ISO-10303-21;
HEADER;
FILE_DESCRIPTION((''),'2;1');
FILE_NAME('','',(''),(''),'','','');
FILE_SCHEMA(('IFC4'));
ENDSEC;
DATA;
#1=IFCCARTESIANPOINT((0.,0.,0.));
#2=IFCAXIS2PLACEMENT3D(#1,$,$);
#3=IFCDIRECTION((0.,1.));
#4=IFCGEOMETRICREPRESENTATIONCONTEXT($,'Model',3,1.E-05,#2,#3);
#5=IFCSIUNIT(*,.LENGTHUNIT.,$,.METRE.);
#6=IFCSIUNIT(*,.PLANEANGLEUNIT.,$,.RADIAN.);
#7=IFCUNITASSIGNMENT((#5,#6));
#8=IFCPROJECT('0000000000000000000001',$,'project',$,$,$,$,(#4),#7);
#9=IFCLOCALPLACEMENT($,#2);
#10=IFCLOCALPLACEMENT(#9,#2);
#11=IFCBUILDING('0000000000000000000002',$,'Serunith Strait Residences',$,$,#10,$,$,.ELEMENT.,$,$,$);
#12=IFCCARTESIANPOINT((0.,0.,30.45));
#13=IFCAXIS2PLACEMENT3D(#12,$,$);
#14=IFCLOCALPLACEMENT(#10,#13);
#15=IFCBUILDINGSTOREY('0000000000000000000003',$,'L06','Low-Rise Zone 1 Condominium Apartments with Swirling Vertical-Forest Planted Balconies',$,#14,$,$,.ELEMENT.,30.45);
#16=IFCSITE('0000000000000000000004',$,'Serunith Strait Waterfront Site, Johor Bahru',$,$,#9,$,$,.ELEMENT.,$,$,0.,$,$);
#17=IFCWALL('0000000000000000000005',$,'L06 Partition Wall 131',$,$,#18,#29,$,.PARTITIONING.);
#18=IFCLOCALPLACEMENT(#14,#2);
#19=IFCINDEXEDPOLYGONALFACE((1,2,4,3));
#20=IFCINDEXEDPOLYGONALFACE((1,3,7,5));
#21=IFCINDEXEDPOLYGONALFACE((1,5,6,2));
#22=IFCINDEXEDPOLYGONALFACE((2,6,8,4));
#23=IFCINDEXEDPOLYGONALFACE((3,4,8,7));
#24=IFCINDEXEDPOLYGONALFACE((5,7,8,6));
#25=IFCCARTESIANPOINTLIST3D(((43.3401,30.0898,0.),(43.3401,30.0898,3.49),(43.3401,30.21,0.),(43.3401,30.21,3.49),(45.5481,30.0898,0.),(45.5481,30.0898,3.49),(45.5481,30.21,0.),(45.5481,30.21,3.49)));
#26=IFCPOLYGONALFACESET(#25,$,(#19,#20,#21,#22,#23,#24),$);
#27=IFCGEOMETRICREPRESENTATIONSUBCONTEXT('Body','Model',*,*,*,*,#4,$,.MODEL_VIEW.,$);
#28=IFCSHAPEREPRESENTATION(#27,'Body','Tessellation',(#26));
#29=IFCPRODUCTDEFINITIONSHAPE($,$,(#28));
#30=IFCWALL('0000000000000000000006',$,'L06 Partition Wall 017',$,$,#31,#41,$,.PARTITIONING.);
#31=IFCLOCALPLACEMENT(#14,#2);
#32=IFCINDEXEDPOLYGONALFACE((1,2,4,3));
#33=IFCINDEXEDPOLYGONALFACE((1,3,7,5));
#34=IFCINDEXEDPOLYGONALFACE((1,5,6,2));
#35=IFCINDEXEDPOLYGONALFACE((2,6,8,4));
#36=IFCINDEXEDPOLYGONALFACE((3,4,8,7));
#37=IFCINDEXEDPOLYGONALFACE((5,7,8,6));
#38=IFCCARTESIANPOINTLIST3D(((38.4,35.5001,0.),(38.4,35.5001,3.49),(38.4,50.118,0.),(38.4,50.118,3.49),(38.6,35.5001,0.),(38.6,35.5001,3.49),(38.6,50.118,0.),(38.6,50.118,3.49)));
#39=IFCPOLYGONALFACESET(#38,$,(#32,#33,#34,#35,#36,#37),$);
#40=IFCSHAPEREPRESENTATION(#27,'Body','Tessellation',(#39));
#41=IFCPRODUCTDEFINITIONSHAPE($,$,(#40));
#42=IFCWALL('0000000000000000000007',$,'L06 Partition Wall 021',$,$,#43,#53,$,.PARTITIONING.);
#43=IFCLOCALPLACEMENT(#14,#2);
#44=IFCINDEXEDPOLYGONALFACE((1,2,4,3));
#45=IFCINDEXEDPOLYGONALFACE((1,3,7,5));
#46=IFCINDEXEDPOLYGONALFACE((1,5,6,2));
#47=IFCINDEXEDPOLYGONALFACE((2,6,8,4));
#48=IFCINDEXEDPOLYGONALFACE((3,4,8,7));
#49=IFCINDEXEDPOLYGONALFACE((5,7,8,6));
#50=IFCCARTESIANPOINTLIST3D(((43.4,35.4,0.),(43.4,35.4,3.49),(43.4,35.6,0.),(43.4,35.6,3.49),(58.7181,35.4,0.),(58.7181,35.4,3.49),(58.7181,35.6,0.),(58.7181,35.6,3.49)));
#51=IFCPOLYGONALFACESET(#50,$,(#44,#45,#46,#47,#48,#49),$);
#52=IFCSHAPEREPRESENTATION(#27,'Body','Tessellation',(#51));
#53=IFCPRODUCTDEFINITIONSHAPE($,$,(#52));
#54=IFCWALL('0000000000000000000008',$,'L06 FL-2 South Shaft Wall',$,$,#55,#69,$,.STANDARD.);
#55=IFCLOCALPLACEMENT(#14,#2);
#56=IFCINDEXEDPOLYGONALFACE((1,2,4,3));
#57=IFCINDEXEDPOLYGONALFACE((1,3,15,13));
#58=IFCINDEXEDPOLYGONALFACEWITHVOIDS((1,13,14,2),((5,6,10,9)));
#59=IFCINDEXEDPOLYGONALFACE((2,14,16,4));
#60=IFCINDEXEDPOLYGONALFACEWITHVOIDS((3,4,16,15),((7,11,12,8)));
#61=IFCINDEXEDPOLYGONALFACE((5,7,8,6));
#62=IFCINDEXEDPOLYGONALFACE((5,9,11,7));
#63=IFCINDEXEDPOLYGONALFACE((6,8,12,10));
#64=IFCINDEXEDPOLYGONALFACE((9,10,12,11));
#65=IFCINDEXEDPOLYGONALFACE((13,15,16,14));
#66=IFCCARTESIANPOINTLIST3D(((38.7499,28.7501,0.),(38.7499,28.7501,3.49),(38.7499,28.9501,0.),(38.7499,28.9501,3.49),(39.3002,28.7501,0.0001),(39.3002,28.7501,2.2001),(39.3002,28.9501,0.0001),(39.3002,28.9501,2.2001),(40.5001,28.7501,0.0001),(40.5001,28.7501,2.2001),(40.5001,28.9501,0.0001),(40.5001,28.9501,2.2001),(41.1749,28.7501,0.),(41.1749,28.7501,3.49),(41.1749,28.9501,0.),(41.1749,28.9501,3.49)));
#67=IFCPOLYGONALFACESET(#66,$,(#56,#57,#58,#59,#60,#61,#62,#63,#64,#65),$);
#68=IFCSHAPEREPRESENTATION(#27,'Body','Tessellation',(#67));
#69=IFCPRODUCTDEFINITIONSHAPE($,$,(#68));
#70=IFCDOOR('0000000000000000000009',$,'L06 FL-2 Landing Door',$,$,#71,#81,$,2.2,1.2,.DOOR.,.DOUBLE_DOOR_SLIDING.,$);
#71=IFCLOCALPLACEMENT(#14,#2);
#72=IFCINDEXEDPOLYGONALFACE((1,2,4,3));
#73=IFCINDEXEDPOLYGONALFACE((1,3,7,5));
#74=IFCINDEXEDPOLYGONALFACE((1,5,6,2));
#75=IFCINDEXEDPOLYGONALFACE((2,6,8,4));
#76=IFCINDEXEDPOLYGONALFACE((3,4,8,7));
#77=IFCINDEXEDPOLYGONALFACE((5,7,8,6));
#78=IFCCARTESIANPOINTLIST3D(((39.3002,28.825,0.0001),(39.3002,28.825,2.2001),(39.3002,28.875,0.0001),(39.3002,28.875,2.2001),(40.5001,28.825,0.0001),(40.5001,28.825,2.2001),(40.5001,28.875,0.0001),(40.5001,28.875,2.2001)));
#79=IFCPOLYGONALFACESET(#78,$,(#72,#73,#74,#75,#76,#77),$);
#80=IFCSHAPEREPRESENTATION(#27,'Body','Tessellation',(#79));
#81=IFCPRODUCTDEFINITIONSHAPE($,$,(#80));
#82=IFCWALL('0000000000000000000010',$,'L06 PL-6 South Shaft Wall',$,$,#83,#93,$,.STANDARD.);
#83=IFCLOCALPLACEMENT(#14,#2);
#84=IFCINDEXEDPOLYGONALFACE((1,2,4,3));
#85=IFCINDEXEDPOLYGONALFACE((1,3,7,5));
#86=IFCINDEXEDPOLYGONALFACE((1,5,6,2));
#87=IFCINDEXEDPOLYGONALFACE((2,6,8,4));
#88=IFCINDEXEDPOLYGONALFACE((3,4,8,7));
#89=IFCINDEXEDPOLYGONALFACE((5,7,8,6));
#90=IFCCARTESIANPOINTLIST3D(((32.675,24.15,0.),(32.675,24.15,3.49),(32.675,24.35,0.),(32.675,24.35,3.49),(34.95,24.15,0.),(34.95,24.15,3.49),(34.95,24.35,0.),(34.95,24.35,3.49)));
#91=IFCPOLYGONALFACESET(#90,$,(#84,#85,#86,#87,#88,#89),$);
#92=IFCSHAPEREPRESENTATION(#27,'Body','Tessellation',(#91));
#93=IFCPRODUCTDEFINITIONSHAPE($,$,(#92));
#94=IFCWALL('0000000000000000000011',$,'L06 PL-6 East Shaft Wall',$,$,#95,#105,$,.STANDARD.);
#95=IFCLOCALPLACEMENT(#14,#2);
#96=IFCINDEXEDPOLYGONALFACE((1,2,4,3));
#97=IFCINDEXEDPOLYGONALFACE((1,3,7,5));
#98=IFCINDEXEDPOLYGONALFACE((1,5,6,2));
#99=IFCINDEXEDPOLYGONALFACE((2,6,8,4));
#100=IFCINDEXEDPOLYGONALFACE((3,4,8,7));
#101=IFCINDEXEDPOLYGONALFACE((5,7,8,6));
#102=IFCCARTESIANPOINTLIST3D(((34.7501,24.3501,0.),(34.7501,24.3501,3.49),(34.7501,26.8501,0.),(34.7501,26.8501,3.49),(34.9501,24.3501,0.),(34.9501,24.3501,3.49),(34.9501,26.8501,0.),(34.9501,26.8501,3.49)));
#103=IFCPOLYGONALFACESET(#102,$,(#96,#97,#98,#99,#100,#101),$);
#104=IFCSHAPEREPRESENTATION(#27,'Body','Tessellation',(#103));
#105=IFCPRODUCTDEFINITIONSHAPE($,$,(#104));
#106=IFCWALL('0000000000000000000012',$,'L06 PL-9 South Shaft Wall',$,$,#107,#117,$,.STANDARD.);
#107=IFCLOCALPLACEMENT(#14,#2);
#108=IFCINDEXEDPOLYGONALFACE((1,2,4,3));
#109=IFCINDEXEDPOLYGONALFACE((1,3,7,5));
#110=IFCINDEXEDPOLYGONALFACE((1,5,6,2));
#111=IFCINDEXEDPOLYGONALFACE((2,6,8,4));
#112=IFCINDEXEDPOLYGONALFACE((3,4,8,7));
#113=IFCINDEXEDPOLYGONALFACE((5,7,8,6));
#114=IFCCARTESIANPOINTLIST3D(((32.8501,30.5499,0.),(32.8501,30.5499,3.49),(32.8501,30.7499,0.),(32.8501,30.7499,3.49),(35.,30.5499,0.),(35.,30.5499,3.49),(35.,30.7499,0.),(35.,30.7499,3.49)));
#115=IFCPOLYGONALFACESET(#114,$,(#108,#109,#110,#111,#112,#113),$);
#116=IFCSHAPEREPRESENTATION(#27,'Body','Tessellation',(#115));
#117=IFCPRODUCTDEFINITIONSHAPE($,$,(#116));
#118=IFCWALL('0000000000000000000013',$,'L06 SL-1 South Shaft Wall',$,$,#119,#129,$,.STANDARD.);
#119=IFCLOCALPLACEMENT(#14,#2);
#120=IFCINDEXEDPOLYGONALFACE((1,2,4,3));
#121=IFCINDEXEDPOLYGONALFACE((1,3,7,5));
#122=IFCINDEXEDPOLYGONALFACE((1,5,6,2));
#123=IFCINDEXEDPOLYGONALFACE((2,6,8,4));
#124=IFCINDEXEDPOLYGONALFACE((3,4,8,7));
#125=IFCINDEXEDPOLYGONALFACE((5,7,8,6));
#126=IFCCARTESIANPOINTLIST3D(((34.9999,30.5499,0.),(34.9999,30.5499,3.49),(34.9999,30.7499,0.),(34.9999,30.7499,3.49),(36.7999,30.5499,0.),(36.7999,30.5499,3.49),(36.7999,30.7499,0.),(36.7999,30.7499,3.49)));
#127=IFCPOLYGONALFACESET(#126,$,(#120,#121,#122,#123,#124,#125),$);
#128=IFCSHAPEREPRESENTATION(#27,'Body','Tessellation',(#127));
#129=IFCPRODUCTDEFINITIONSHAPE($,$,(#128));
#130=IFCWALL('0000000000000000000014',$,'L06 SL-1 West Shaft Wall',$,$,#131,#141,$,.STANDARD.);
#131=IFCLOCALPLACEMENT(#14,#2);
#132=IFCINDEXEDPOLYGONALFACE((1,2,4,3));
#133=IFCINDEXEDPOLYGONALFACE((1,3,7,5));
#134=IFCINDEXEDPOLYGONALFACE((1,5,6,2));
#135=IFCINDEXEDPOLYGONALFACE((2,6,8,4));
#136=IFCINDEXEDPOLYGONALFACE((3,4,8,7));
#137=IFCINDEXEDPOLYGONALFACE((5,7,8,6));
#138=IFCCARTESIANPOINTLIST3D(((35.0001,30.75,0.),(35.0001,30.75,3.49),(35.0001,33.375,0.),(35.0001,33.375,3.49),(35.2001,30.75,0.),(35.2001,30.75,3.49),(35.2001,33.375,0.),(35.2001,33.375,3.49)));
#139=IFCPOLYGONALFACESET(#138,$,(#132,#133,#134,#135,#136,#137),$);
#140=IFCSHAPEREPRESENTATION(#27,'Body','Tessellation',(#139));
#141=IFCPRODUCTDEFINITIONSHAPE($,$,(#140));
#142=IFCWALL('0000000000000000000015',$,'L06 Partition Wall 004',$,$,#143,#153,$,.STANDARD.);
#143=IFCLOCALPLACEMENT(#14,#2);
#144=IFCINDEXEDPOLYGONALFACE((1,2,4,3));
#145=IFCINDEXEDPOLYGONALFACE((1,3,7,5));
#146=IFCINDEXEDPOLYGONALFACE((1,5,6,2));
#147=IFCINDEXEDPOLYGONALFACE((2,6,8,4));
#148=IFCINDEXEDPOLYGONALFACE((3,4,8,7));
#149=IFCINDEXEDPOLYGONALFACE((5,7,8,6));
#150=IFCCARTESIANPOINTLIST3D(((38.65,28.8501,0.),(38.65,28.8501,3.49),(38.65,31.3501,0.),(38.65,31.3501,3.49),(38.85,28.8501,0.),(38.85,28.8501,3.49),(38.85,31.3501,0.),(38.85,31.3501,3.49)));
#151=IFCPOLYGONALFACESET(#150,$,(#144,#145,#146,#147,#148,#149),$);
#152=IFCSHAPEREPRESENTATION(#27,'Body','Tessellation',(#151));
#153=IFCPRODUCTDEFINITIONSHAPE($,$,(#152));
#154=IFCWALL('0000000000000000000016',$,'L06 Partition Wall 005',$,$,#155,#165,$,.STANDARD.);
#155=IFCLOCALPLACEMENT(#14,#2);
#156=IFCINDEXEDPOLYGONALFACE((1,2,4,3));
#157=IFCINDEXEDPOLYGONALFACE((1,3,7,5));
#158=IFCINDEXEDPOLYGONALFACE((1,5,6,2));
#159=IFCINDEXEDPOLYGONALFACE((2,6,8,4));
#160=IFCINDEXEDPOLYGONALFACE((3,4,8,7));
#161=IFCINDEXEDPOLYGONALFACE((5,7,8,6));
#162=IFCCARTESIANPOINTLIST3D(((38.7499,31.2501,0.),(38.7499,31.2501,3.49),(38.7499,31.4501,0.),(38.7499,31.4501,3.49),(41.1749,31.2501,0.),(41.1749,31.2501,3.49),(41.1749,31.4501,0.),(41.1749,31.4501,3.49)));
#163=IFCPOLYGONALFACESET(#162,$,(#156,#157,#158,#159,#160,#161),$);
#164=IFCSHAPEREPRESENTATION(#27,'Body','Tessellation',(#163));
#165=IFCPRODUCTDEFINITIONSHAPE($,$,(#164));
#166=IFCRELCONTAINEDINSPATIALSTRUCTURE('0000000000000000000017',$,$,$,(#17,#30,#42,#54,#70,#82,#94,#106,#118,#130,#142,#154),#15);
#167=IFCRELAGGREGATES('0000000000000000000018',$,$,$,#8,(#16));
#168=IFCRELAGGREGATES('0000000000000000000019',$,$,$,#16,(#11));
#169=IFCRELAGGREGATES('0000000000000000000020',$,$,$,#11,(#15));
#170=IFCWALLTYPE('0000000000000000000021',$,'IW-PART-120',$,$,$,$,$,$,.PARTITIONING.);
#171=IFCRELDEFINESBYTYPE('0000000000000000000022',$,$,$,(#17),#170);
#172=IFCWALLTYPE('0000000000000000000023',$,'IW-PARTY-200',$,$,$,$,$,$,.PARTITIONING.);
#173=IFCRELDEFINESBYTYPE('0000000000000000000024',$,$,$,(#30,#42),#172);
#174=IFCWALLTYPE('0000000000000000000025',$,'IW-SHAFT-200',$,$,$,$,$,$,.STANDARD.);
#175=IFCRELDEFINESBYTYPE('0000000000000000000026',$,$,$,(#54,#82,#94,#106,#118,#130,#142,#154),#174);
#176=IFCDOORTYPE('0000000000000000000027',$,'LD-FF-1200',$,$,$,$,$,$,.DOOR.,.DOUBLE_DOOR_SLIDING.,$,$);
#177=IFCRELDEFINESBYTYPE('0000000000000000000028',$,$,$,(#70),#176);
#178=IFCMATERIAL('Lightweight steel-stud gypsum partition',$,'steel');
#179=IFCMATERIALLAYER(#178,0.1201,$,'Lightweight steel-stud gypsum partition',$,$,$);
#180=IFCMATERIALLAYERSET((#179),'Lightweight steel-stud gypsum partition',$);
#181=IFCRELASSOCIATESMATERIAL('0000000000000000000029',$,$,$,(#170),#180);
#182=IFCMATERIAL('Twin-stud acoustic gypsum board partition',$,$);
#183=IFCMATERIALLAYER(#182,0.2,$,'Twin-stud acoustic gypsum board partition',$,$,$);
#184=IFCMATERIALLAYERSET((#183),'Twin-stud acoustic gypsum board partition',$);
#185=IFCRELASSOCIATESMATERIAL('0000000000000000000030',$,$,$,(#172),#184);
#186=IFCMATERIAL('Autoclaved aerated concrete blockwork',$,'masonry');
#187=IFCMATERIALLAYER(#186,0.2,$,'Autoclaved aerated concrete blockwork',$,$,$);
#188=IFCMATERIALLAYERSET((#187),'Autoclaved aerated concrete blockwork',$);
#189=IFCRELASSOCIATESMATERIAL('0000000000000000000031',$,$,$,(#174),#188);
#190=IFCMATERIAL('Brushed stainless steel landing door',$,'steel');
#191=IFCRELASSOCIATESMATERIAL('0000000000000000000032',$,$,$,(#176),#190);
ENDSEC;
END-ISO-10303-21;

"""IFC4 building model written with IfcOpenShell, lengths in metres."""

from ifc_helpers import new_model, si_unit, direction, frame, frame_2d, origin, place, context, subcontext, project, spatial, rectangle, extrude, source, transform, mapped, material, layer, layer_set, type_object, element, fill, save


model = new_model("IFC4")

# Units and contexts
model_context = context("Model", 3, precision=1e-05, world=origin(), true_north=direction((0.0, 1.0)))
body_context = subcontext(model_context, "Body", "Model", "MODEL_VIEW")
ifc_project = project(units=[si_unit("LENGTHUNIT", "METRE"), si_unit("PLANEANGLEUNIT", "RADIAN")], contexts=[model_context])

# Site, building, storey
site_placement = place(None, origin())
site = spatial("IfcSite", under=ifc_project, at=site_placement, Name="Serunith Strait Waterfront Site, Johor Bahru", CompositionType="ELEMENT", RefElevation=0.0)
building_placement = place(site_placement, origin())
building = spatial("IfcBuilding", under=site, at=building_placement, Name="Serunith Strait Residences", CompositionType="ELEMENT")
storey_placement = place(building_placement, frame((0.0, 0.0, 30.45)))
storey = spatial("IfcBuildingStorey", under=building, at=storey_placement, Name="L06", Description="Low-Rise Zone 1 Condominium Apartments with Swirling Vertical-Forest Planted Balconies", CompositionType="ELEMENT", Elevation=30.45)

# Shared definitions
ifc_material_1 = material(Name="Lightweight steel-stud gypsum partition", Category="steel")
ifc_layer_1 = layer(ifc_material_1, 0.1201, Name="Lightweight steel-stud gypsum partition")
ifc_layer_set_1 = layer_set([ifc_layer_1], Name="Lightweight steel-stud gypsum partition")
wall_type_1 = type_object("IfcWallType", Name="IW-PART-120", PredefinedType="PARTITIONING", material=ifc_layer_set_1)

# Walls
wall_1_placement = place(storey_placement, frame((45.5481, 30.1499, 0.0), z_axis=(0.0, 0.0, 1.0), x_axis=(-1.0, 0.0, 0.0)))
element("IfcWall", 1, at=wall_1_placement, inside=storey, type_object=wall_type_1, Name="L06 Partition Wall 131", PredefinedType="PARTITIONING", context=body_context, shape_type="SweptSolid", body=[
    extrude(rectangle(XDim=2.208, YDim=0.1201, at=frame_2d((1.104, 0.0))), origin(), (0.0, 0.0, 1.0), 3.49),
])
ifc_material_2 = material(Name="Twin-stud acoustic gypsum board partition")
ifc_layer_2 = layer(ifc_material_2, 0.2, Name="Twin-stud acoustic gypsum board partition")
ifc_layer_set_2 = layer_set([ifc_layer_2], Name="Twin-stud acoustic gypsum board partition")
wall_type_2 = type_object("IfcWallType", Name="IW-PARTY-200", PredefinedType="PARTITIONING", material=ifc_layer_set_2)
wall_2_placement = place(storey_placement, frame((38.5, 35.5, 0.0), z_axis=(0.0, 0.0, 1.0), x_axis=(0.0, 1.0, 0.0)))
element("IfcWall", 2, at=wall_2_placement, inside=storey, type_object=wall_type_2, Name="L06 Partition Wall 017", PredefinedType="PARTITIONING", context=body_context, shape_type="SweptSolid", body=[
    extrude(rectangle(XDim=14.6179, YDim=0.2, at=frame_2d((7.3091, 0.0))), origin(), (0.0, 0.0, 1.0), 3.49),
])
wall_3_placement = place(storey_placement, frame((43.3999, 35.5, 0.0), z_axis=(0.0, 0.0, 1.0), x_axis=(1.0, 0.0, 0.0)))
element("IfcWall", 3, at=wall_3_placement, inside=storey, type_object=wall_type_2, Name="L06 Partition Wall 021", PredefinedType="PARTITIONING", context=body_context, shape_type="SweptSolid", body=[
    extrude(rectangle(XDim=15.3181, YDim=0.2, at=frame_2d((7.6592, 0.0))), origin(), (0.0, 0.0, 1.0), 3.49),
])

# Wall, opening, door
ifc_material_3 = material(Name="Autoclaved aerated concrete blockwork", Category="masonry")
ifc_layer_3 = layer(ifc_material_3, 0.2, Name="Autoclaved aerated concrete blockwork")
ifc_layer_set_3 = layer_set([ifc_layer_3], Name="Autoclaved aerated concrete blockwork")
wall_type_3 = type_object("IfcWallType", Name="IW-SHAFT-200", PredefinedType="STANDARD", material=ifc_layer_set_3)
wall_4_placement = place(storey_placement, frame((38.75, 28.8501, 0.0), z_axis=(0.0, 0.0, 1.0), x_axis=(1.0, 0.0, 0.0)))
wall_4 = element("IfcWall", 4, at=wall_4_placement, inside=storey, type_object=wall_type_3, Name="L06 FL-2 South Shaft Wall", PredefinedType="STANDARD", context=body_context, shape_type="SweptSolid", body=[
    extrude(rectangle(XDim=2.425, YDim=0.2, at=frame_2d((1.2124, 0.0))), origin(), (0.0, 0.0, 1.0), 3.49),
])
opening_1_placement = place(wall_4_placement, frame((0.55, 0.0, 0.0)))
opening_1 = element("IfcOpeningElement", 5, at=opening_1_placement, cuts=wall_4, PredefinedType="OPENING", context=body_context, shape_type="SweptSolid", body=[
    extrude(rectangle(XDim=1.2, YDim=2.2, at=frame_2d((0.6001, 1.1001))), frame((0.0, 0.1099, 0.0), z_axis=(0.0, -1.0, 0.0), x_axis=(1.0, 0.0, 0.0)), (0.0, 0.0, 1.0), 0.22),
])
ifc_material_4 = material(Name="Brushed stainless steel landing door", Category="steel")
door_type_1 = type_object("IfcDoorType", Name="LD-FF-1200", OperationType="DOUBLE_DOOR_SLIDING", PredefinedType="DOOR", material=ifc_material_4)
shared_shape_1 = source(origin(), body_context, "Body", "SweptSolid", [
    extrude(rectangle(XDim=1.2, YDim=2.2, at=frame_2d((0.6001, 1.1001))), frame((0.0, 0.0249, 0.0), z_axis=(0.0, -1.0, 0.0), x_axis=(1.0, 0.0, 0.0)), (0.0, 0.0, 1.0), 0.05),
])
door_1_placement = place(opening_1_placement, origin())
door_1 = element("IfcDoor", 6, at=door_1_placement, inside=storey, type_object=door_type_1, Name="L06 FL-2 Landing Door", OperationType="DOUBLE_DOOR_SLIDING", OverallHeight=2.2, OverallWidth=1.2, PredefinedType="DOOR", context=body_context, shape_type="MappedRepresentation", body=[
    mapped(shared_shape_1, transform((0.0, 0.0, 0.0), scale=1.0)),
])
fill(opening_1, door_1)

# Walls
wall_5_placement = place(storey_placement, frame((32.675, 24.25, 0.0), z_axis=(0.0, 0.0, 1.0), x_axis=(1.0, 0.0, 0.0)))
element("IfcWall", 7, at=wall_5_placement, inside=storey, type_object=wall_type_3, Name="L06 PL-6 South Shaft Wall", PredefinedType="STANDARD", context=body_context, shape_type="SweptSolid", body=[
    extrude(rectangle(XDim=2.2749, YDim=0.2, at=frame_2d((1.1375, 0.0))), origin(), (0.0, 0.0, 1.0), 3.49),
])
wall_6_placement = place(storey_placement, frame((34.8501, 24.3501, 0.0), z_axis=(0.0, 0.0, 1.0), x_axis=(0.0, 1.0, 0.0)))
element("IfcWall", 8, at=wall_6_placement, inside=storey, type_object=wall_type_3, Name="L06 PL-6 East Shaft Wall", PredefinedType="STANDARD", context=body_context, shape_type="SweptSolid", body=[
    extrude(rectangle(XDim=2.5, YDim=0.2, at=frame_2d((1.25, 0.0))), origin(), (0.0, 0.0, 1.0), 3.49),
])
wall_7_placement = place(storey_placement, frame((32.8501, 30.6499, 0.0), z_axis=(0.0, 0.0, 1.0), x_axis=(1.0, 0.0, 0.0)))
element("IfcWall", 9, at=wall_7_placement, inside=storey, type_object=wall_type_3, Name="L06 PL-9 South Shaft Wall", PredefinedType="STANDARD", context=body_context, shape_type="SweptSolid", body=[
    extrude(rectangle(XDim=2.1499, YDim=0.2, at=frame_2d((1.075, 0.0))), origin(), (0.0, 0.0, 1.0), 3.49),
])
wall_8_placement = place(storey_placement, frame((35.0, 30.6499, 0.0), z_axis=(0.0, 0.0, 1.0), x_axis=(1.0, 0.0, 0.0)))
element("IfcWall", 10, at=wall_8_placement, inside=storey, type_object=wall_type_3, Name="L06 SL-1 South Shaft Wall", PredefinedType="STANDARD", context=body_context, shape_type="SweptSolid", body=[
    extrude(rectangle(XDim=1.8, YDim=0.2, at=frame_2d((0.8999, 0.0))), origin(), (0.0, 0.0, 1.0), 3.49),
])
wall_9_placement = place(storey_placement, frame((35.1001, 30.75, 0.0), z_axis=(0.0, 0.0, 1.0), x_axis=(0.0, 1.0, 0.0)))
element("IfcWall", 11, at=wall_9_placement, inside=storey, type_object=wall_type_3, Name="L06 SL-1 West Shaft Wall", PredefinedType="STANDARD", context=body_context, shape_type="SweptSolid", body=[
    extrude(rectangle(XDim=2.625, YDim=0.2, at=frame_2d((1.3125, 0.0))), origin(), (0.0, 0.0, 1.0), 3.49),
])
wall_10_placement = place(storey_placement, frame((38.75, 28.8501, 0.0), z_axis=(0.0, 0.0, 1.0), x_axis=(0.0, 1.0, 0.0)))
element("IfcWall", 12, at=wall_10_placement, inside=storey, type_object=wall_type_3, Name="L06 Partition Wall 004", PredefinedType="STANDARD", context=body_context, shape_type="SweptSolid", body=[
    extrude(rectangle(XDim=2.5, YDim=0.2, at=frame_2d((1.25, 0.0))), origin(), (0.0, 0.0, 1.0), 3.49),
])
wall_11_placement = place(storey_placement, frame((38.75, 31.3501, 0.0), z_axis=(0.0, 0.0, 1.0), x_axis=(1.0, 0.0, 0.0)))
element("IfcWall", 13, at=wall_11_placement, inside=storey, type_object=wall_type_3, Name="L06 Partition Wall 005", PredefinedType="STANDARD", context=body_context, shape_type="SweptSolid", body=[
    extrude(rectangle(XDim=2.425, YDim=0.2, at=frame_2d((1.2124, 0.0))), origin(), (0.0, 0.0, 1.0), 3.49),
])

save(model, "model.ifc")
